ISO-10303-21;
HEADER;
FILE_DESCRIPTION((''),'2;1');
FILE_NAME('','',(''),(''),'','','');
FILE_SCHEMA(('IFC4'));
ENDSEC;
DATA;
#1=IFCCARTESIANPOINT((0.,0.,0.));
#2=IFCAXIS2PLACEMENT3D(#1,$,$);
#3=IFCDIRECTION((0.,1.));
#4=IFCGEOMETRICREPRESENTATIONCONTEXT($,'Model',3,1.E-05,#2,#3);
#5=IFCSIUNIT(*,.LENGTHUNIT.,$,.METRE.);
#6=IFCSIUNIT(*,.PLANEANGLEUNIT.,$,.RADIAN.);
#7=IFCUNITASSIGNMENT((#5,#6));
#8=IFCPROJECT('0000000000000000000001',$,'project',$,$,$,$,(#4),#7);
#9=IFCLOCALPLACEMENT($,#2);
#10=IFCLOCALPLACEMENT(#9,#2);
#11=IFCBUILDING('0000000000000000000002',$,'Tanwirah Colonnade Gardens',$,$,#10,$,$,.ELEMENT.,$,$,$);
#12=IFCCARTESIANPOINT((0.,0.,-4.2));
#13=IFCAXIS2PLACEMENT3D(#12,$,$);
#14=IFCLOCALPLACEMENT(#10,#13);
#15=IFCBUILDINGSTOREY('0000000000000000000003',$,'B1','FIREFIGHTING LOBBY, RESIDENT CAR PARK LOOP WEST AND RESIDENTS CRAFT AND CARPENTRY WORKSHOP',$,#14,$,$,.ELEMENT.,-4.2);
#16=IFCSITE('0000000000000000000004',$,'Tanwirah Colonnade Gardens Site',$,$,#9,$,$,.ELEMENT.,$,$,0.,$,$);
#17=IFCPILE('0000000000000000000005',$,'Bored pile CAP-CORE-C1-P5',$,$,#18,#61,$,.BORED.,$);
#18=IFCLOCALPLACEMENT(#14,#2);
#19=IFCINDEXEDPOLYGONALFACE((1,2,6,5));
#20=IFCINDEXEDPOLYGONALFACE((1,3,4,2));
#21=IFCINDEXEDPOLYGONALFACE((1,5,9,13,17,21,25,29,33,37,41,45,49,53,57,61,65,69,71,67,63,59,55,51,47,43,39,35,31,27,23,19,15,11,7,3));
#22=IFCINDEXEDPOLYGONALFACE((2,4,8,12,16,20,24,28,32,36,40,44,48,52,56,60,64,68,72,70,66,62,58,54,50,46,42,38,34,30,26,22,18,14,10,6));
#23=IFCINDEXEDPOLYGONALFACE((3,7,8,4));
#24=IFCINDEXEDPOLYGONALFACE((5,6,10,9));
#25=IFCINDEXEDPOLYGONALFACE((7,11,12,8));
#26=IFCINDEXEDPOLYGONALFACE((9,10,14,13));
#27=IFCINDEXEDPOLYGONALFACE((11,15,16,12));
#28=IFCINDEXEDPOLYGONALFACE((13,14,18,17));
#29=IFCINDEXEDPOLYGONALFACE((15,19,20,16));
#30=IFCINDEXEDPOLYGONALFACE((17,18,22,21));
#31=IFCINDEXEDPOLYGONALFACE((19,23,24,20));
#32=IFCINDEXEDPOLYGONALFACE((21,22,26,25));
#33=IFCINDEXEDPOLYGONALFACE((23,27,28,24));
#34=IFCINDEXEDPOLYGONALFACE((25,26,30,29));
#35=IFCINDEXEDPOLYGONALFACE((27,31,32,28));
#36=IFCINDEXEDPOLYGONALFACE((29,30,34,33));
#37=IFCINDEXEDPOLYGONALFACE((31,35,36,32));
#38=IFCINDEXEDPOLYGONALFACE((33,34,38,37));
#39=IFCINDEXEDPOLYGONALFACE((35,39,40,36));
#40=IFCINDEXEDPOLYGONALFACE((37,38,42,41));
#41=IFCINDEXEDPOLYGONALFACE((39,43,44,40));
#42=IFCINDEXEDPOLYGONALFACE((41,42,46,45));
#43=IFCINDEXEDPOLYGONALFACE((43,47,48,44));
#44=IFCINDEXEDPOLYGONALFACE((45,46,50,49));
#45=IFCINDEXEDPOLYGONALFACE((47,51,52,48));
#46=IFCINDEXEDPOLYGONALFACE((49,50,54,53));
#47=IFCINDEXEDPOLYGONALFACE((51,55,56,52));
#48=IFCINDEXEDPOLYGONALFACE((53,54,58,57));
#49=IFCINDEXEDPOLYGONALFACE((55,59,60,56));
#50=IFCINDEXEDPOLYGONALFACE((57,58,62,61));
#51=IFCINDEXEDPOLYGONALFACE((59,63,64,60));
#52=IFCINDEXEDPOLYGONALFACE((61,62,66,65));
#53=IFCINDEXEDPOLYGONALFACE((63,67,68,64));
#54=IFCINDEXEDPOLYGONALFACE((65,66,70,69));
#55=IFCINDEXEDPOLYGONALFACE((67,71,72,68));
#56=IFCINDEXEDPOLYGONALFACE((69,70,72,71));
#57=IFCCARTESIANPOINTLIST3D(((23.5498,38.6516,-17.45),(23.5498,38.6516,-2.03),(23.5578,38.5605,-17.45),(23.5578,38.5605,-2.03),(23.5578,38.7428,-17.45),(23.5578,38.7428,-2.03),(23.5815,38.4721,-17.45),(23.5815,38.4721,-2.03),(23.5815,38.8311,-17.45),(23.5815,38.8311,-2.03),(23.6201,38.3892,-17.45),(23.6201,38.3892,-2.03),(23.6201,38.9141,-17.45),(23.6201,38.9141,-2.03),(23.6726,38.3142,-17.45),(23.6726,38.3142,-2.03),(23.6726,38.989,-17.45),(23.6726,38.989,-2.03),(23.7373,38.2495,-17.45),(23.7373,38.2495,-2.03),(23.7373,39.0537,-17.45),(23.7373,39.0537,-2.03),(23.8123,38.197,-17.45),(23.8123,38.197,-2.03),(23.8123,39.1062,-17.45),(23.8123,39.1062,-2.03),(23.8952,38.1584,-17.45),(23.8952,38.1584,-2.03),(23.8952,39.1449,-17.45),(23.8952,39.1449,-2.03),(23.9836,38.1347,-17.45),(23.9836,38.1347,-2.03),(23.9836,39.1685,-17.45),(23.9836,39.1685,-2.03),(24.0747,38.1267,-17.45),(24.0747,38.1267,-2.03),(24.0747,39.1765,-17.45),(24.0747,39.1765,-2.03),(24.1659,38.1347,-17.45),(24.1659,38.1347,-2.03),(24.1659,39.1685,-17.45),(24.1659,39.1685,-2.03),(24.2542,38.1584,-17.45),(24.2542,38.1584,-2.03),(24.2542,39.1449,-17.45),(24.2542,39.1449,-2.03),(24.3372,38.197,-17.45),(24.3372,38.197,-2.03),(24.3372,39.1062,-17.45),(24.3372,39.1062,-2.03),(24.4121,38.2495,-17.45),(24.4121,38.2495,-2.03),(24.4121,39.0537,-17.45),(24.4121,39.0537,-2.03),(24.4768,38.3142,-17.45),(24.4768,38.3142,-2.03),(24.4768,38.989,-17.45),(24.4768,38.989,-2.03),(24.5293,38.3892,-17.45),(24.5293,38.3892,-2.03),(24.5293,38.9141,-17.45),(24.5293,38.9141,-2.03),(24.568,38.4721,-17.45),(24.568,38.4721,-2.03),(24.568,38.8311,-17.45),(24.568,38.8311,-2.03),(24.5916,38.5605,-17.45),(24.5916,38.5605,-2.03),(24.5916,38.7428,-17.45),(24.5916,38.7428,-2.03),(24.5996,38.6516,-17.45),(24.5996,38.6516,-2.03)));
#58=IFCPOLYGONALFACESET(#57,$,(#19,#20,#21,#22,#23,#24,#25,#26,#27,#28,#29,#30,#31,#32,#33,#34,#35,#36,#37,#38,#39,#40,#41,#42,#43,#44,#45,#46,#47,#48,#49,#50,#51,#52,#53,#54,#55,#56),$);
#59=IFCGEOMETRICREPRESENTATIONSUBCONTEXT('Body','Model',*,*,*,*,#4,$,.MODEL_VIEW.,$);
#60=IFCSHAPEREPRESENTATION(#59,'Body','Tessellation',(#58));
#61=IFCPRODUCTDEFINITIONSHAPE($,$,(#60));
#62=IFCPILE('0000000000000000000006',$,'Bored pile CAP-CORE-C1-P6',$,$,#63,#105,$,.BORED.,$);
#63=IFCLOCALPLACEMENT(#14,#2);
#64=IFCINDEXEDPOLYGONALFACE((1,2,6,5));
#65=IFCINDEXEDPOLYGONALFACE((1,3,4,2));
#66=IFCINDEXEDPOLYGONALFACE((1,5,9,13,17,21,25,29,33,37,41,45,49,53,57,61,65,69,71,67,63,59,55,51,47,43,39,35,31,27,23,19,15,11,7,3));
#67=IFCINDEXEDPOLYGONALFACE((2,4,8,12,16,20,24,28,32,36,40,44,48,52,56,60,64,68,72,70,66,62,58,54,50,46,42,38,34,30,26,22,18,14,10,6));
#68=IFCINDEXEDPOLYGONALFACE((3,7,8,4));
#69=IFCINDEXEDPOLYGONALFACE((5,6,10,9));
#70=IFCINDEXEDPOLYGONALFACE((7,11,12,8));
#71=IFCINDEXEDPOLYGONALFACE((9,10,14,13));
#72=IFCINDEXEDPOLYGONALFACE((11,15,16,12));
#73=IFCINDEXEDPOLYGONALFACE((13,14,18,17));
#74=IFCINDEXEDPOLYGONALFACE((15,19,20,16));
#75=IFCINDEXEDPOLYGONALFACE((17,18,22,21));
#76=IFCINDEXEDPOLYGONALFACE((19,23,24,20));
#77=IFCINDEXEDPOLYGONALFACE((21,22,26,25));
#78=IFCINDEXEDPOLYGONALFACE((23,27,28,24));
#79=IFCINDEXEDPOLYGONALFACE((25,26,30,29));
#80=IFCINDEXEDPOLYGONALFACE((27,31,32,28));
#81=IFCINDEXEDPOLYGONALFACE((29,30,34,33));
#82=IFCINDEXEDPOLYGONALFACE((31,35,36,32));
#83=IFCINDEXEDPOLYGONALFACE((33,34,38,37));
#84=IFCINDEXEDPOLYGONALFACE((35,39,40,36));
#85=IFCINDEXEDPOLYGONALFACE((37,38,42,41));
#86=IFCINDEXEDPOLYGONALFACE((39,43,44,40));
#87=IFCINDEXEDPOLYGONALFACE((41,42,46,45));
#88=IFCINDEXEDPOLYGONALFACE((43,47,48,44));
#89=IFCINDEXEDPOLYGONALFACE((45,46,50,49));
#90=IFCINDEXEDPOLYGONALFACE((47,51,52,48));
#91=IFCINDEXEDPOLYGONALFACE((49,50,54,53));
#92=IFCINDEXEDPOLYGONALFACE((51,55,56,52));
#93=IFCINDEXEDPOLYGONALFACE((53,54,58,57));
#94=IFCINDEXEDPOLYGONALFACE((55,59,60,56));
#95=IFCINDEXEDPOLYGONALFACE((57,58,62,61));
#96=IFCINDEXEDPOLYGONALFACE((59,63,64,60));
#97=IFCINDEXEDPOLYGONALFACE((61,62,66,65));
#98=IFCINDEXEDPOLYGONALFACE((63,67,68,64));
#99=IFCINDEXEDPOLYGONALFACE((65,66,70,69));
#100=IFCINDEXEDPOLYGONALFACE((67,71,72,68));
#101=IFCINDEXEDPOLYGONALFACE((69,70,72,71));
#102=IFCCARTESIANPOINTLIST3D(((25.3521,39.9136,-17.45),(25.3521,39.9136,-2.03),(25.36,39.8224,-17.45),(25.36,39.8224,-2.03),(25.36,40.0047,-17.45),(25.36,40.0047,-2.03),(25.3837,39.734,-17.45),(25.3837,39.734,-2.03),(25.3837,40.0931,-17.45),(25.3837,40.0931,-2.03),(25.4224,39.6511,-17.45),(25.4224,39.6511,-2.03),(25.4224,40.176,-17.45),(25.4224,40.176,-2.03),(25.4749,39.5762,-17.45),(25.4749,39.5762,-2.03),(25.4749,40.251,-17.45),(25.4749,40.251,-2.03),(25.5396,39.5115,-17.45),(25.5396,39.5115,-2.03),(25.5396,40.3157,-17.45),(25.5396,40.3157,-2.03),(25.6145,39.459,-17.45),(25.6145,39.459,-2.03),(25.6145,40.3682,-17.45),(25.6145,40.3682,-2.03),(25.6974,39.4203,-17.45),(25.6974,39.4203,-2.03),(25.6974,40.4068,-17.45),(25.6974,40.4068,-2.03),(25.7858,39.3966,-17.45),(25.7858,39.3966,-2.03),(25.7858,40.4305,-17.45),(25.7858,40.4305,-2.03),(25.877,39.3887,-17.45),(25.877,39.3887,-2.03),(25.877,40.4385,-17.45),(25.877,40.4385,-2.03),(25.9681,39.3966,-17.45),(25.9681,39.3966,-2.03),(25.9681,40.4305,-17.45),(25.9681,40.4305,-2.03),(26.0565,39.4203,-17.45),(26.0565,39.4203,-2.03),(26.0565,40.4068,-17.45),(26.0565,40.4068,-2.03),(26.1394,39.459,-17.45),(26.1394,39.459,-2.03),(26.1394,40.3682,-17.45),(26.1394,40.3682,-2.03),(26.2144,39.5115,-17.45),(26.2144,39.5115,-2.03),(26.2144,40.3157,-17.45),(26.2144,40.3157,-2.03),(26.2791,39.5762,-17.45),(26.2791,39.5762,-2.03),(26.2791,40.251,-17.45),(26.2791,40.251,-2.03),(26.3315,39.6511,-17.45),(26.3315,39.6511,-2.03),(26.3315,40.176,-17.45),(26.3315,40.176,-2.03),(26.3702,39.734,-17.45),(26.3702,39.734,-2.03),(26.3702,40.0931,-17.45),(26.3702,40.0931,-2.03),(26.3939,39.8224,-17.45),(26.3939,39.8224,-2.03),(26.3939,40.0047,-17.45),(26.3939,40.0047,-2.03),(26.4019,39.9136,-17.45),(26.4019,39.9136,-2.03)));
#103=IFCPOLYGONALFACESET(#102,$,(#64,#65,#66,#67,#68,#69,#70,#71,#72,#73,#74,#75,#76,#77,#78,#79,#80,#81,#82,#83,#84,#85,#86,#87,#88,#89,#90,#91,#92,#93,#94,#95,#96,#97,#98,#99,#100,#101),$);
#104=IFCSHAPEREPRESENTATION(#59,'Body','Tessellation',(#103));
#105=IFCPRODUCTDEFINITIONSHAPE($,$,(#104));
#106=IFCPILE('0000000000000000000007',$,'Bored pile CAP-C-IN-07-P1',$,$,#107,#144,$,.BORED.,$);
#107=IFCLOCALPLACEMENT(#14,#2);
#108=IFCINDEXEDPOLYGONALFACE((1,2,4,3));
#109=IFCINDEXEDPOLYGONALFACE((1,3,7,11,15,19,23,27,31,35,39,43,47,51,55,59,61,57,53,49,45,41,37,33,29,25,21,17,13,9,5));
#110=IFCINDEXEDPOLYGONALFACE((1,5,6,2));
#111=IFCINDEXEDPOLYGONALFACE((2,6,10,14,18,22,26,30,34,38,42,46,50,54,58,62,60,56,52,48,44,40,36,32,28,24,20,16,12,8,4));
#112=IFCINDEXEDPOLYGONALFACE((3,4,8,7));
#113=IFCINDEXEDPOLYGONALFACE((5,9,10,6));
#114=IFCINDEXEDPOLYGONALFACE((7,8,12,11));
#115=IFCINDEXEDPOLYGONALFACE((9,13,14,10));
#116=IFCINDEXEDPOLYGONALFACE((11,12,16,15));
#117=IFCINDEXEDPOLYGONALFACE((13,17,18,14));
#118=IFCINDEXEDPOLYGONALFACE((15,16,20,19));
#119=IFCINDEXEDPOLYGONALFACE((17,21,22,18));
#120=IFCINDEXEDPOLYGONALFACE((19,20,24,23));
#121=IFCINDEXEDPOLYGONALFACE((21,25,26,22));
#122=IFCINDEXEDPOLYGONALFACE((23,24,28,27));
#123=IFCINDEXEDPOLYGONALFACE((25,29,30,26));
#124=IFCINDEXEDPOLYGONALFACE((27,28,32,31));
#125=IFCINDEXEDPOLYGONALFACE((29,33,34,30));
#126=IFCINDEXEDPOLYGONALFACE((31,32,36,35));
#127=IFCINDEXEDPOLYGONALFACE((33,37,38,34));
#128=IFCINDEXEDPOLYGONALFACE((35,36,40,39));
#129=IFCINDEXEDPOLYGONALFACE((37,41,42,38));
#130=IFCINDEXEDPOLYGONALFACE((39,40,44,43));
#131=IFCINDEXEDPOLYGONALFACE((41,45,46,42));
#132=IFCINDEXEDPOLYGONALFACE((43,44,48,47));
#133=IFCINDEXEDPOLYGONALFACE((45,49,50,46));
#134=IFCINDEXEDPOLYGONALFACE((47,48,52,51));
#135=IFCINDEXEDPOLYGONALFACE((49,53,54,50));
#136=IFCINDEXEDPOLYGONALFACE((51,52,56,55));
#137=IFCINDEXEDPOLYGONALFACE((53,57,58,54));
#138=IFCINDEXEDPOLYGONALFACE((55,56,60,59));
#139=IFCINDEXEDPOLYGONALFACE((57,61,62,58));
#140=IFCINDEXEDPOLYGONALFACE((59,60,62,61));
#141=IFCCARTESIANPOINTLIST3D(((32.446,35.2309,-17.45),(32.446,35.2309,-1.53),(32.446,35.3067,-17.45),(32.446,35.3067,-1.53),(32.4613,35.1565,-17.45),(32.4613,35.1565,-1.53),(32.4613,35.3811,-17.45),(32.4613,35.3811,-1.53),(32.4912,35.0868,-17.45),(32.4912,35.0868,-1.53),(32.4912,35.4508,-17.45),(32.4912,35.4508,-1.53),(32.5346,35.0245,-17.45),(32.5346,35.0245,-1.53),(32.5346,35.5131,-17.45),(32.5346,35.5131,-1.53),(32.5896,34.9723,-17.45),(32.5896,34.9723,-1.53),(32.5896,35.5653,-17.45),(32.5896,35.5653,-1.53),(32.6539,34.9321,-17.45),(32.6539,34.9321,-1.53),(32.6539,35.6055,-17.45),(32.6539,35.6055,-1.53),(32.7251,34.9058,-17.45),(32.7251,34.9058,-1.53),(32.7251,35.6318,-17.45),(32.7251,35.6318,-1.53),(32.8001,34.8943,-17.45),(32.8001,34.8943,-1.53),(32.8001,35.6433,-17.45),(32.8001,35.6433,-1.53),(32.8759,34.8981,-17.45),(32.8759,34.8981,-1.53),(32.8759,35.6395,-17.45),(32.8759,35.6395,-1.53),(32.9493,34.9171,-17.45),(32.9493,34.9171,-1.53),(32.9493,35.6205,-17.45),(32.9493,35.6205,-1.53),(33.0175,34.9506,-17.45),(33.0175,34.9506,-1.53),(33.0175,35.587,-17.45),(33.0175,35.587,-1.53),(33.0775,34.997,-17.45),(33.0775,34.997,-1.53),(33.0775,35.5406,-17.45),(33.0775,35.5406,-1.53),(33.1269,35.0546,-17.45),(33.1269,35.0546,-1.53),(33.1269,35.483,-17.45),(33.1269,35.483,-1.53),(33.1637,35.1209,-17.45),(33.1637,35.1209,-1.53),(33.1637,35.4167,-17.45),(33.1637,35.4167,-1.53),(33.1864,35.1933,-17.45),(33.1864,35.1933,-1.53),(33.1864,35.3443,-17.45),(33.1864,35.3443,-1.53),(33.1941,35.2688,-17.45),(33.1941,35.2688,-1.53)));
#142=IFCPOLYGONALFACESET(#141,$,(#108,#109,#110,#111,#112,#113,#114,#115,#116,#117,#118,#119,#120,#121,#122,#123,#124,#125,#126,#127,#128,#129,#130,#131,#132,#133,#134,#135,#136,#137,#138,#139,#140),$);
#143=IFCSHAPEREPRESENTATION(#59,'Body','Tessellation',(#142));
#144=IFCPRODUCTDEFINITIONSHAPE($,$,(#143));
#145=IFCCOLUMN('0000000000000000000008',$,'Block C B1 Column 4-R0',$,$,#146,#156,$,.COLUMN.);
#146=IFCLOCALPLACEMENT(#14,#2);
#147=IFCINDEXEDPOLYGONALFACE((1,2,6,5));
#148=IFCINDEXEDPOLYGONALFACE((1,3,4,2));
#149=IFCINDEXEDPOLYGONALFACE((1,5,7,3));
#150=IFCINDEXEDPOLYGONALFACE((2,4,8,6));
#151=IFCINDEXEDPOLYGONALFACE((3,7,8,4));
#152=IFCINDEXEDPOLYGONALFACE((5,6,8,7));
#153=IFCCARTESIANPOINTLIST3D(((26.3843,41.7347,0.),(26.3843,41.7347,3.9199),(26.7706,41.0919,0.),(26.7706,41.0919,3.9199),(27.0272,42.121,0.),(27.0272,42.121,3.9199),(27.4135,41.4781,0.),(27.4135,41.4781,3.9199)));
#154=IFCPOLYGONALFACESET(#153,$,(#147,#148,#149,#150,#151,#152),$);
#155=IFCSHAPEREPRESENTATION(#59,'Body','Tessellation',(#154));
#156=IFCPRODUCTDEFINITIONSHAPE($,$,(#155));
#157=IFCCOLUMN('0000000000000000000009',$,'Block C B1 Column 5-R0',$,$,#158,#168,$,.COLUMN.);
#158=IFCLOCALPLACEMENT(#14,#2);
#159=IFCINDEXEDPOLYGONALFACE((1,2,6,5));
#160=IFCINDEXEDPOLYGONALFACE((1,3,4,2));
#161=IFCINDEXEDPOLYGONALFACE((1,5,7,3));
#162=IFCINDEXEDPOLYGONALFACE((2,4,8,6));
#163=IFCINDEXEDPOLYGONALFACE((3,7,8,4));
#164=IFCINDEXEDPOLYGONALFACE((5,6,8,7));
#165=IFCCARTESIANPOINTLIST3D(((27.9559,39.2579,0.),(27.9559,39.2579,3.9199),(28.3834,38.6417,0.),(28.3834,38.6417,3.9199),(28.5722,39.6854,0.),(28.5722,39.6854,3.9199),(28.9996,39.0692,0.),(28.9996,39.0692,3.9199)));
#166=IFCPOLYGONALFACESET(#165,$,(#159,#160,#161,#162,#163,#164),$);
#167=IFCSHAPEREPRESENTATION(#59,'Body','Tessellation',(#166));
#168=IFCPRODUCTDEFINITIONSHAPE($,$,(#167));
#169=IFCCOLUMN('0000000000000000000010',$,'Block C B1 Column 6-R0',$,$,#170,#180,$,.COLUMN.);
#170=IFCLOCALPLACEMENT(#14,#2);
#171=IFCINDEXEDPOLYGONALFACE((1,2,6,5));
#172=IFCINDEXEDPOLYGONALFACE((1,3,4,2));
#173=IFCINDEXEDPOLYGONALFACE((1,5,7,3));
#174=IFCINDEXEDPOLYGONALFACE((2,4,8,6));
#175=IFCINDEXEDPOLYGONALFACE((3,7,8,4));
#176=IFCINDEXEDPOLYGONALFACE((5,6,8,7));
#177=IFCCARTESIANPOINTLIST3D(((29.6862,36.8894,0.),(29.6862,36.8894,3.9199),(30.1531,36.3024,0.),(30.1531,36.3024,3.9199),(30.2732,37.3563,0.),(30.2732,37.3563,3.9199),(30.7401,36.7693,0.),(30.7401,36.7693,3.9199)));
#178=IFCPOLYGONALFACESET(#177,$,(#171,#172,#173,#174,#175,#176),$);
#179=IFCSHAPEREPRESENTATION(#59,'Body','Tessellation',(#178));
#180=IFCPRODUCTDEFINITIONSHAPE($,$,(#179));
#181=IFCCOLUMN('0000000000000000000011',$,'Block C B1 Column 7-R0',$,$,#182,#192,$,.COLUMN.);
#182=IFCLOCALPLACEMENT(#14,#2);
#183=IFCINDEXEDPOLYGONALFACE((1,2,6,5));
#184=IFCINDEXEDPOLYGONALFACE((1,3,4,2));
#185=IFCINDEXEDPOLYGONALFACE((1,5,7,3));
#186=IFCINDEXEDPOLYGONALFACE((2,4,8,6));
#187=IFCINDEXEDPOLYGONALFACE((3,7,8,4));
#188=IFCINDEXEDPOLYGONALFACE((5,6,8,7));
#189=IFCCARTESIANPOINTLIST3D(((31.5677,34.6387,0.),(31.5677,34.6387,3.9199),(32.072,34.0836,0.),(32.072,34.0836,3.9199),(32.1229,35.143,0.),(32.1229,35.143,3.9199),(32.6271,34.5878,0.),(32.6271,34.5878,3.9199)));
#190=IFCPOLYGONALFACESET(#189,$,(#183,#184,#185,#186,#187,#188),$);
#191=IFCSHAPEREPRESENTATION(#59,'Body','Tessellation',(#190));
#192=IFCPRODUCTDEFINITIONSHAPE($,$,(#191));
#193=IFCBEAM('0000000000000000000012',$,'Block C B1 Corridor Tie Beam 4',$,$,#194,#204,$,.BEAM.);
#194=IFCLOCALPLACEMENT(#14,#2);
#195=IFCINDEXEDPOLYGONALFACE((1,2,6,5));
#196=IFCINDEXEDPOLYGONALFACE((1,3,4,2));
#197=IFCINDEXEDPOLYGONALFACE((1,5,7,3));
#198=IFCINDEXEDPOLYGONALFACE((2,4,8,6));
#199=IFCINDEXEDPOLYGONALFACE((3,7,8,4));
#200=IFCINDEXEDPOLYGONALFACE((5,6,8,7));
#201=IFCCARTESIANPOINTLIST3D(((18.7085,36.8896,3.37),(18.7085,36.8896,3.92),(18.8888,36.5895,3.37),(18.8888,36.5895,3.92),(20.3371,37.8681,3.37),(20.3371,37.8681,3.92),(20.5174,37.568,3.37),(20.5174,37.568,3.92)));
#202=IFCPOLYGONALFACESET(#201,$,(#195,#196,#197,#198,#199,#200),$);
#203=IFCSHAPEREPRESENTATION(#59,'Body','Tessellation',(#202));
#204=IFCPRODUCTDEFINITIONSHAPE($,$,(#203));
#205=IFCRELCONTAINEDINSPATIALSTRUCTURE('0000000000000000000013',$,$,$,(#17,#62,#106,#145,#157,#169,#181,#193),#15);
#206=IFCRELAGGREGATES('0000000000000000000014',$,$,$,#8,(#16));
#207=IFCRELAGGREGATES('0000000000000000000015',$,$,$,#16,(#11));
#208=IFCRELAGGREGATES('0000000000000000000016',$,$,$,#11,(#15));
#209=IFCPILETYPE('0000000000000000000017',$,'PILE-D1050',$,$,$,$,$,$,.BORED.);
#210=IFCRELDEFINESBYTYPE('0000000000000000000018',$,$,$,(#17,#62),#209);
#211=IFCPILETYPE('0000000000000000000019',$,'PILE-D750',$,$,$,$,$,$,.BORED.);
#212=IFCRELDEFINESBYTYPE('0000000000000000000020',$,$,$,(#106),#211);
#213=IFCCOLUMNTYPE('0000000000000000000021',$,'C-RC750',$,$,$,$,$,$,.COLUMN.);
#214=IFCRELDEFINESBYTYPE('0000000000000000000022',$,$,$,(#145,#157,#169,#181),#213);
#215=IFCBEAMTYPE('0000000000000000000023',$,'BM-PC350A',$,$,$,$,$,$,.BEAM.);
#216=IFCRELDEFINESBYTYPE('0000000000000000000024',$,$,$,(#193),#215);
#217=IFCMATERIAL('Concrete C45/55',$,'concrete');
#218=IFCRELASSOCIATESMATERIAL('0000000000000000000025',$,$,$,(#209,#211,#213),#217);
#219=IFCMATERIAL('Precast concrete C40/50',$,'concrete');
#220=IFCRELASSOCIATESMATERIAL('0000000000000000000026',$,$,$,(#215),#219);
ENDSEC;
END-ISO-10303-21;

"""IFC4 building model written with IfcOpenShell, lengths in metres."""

from ifc_helpers import new_model, si_unit, direction, frame, origin, origin_2d, place, context, subcontext, project, spatial, rectangle, circle, extrude, material, material_profile, profile_set, type_object, element, save


model = new_model("IFC4")

# Units and contexts
model_context = context("Model", 3, precision=1e-05, world=origin(), true_north=direction((0.0, 1.0)))
body_context = subcontext(model_context, "Body", "Model", "MODEL_VIEW")
ifc_project = project(units=[si_unit("LENGTHUNIT", "METRE"), si_unit("PLANEANGLEUNIT", "RADIAN")], contexts=[model_context])

# Site, building, storey
site_placement = place(None, origin())
site = spatial("IfcSite", under=ifc_project, at=site_placement, Name="Tanwirah Colonnade Gardens Site", CompositionType="ELEMENT", RefElevation=0.0)
building_placement = place(site_placement, origin())
building = spatial("IfcBuilding", under=site, at=building_placement, Name="Tanwirah Colonnade Gardens", CompositionType="ELEMENT")
storey_placement = place(building_placement, frame((0.0, 0.0, -4.2)))
storey = spatial("IfcBuildingStorey", under=building, at=storey_placement, Name="B1", Description="FIREFIGHTING LOBBY, RESIDENT CAR PARK LOOP WEST AND RESIDENTS CRAFT AND CARPENTRY WORKSHOP", CompositionType="ELEMENT", Elevation=-4.2)

# Shared definitions
ifc_material_1 = material(Name="Concrete C45/55", Category="concrete")

# Piles
ifc_material_profile_1 = material_profile(ifc_material_1, circle(Radius=0.5249, at=origin_2d()), Name="PILE D1050")
ifc_profile_set_1 = profile_set([ifc_material_profile_1], Name="Concrete C45/55")
pile_type_1 = type_object("IfcPileType", Name="PILE-D1050", PredefinedType="BORED", material=ifc_profile_set_1)
for number, where, z_axis, x_axis, name in (
    (1, (24.0747, 38.6516, -2.03), (0.0, 0.0, -1.0), (1.0, 0.0, 0.0), "Bored pile CAP-CORE-C1-P5"),
    (2, (25.877, 39.9136, -2.03), (0.0, 0.0, -1.0), (1.0, 0.0, 0.0), "Bored pile CAP-CORE-C1-P6"),
):
    element("IfcPile", number, at=place(storey_placement, frame(where, z_axis=z_axis, x_axis=x_axis)), inside=storey, type_object=pile_type_1, Name=name, PredefinedType="BORED", context=body_context, shape_type="SweptSolid", body=[
        extrude(circle(Radius=0.5249, at=origin_2d()), origin(), (0.0, 0.0, 1.0), 15.4199),
    ])
ifc_material_profile_2 = material_profile(ifc_material_1, circle(Radius=0.375, at=origin_2d()), Name="PILE D750")
ifc_profile_set_2 = profile_set([ifc_material_profile_2], Name="Concrete C45/55")
pile_type_2 = type_object("IfcPileType", Name="PILE-D750", PredefinedType="BORED", material=ifc_profile_set_2)
pile_placement = place(storey_placement, frame((32.8191, 35.2688, -1.53), z_axis=(0.0, 0.0, -1.0), x_axis=(1.0, 0.0, 0.0)))
element("IfcPile", 3, at=pile_placement, inside=storey, type_object=pile_type_2, Name="Bored pile CAP-C-IN-07-P1", PredefinedType="BORED", context=body_context, shape_type="SweptSolid", body=[
    extrude(circle(Radius=0.375, at=origin_2d()), origin(), (0.0, 0.0, 1.0), 15.9199),
])

# Columns
ifc_material_profile_3 = material_profile(ifc_material_1, rectangle(XDim=0.75, YDim=0.75, at=origin_2d()), Name="RC-COL 750x750")
ifc_profile_set_3 = profile_set([ifc_material_profile_3], Name="Concrete C45/55")
column_type = type_object("IfcColumnType", Name="C-RC750", PredefinedType="COLUMN", material=ifc_profile_set_3)
for number, where, z_axis, x_axis, name in (
    (4, (26.8989, 41.6064, 0.0), (0.0, 0.0, 1.0), (-0.857167, -0.515038, 0.0), "Block C B1 Column 4-R0"),
    (5, (28.4778, 39.1636, 0.0), (0.0, 0.0, 1.0), (-0.821647, -0.569997, 0.0), "Block C B1 Column 5-R0"),
    (6, (30.2131, 36.8293, 0.0), (0.0, 0.0, 1.0), (-0.782608, -0.622515, 0.0), "Block C B1 Column 6-R0"),
    (7, (32.0974, 34.6133, 0.0), (0.0, 0.0, 1.0), (-0.740218, -0.672367, 0.0), "Block C B1 Column 7-R0"),
):
    element("IfcColumn", number, at=place(storey_placement, frame(where, z_axis=z_axis, x_axis=x_axis)), inside=storey, type_object=column_type, Name=name, PredefinedType="COLUMN", context=body_context, shape_type="SweptSolid", body=[
        extrude(rectangle(XDim=0.75, YDim=0.75, at=origin_2d()), origin(), (0.0, 0.0, 1.0), 3.9199),
    ])

# Beam
ifc_material_2 = material(Name="Precast concrete C40/50", Category="concrete")
ifc_material_profile_4 = material_profile(ifc_material_2, rectangle(XDim=0.3501, YDim=0.55, at=origin_2d()), Name="PC-BM 350x550")
ifc_profile_set_4 = profile_set([ifc_material_profile_4], Name="Precast concrete C40/50")
beam_type_1 = type_object("IfcBeamType", Name="BM-PC350A", PredefinedType="BEAM", material=ifc_profile_set_4)
beam_1_placement = place(storey_placement, frame((20.4272, 37.718, 3.645), z_axis=(-0.857187, -0.515006, 0.0), x_axis=(0.515006, -0.857187, 0.0)))
element("IfcBeam", 8, at=beam_1_placement, inside=storey, type_object=beam_type_1, Name="Block C B1 Corridor Tie Beam 4", PredefinedType="BEAM", context=body_context, shape_type="SweptSolid", body=[
    extrude(rectangle(XDim=0.3501, YDim=0.55, at=origin_2d()), origin(), (0.0, 0.0, 1.0), 1.8999),
])

save(model, "model.ifc")
